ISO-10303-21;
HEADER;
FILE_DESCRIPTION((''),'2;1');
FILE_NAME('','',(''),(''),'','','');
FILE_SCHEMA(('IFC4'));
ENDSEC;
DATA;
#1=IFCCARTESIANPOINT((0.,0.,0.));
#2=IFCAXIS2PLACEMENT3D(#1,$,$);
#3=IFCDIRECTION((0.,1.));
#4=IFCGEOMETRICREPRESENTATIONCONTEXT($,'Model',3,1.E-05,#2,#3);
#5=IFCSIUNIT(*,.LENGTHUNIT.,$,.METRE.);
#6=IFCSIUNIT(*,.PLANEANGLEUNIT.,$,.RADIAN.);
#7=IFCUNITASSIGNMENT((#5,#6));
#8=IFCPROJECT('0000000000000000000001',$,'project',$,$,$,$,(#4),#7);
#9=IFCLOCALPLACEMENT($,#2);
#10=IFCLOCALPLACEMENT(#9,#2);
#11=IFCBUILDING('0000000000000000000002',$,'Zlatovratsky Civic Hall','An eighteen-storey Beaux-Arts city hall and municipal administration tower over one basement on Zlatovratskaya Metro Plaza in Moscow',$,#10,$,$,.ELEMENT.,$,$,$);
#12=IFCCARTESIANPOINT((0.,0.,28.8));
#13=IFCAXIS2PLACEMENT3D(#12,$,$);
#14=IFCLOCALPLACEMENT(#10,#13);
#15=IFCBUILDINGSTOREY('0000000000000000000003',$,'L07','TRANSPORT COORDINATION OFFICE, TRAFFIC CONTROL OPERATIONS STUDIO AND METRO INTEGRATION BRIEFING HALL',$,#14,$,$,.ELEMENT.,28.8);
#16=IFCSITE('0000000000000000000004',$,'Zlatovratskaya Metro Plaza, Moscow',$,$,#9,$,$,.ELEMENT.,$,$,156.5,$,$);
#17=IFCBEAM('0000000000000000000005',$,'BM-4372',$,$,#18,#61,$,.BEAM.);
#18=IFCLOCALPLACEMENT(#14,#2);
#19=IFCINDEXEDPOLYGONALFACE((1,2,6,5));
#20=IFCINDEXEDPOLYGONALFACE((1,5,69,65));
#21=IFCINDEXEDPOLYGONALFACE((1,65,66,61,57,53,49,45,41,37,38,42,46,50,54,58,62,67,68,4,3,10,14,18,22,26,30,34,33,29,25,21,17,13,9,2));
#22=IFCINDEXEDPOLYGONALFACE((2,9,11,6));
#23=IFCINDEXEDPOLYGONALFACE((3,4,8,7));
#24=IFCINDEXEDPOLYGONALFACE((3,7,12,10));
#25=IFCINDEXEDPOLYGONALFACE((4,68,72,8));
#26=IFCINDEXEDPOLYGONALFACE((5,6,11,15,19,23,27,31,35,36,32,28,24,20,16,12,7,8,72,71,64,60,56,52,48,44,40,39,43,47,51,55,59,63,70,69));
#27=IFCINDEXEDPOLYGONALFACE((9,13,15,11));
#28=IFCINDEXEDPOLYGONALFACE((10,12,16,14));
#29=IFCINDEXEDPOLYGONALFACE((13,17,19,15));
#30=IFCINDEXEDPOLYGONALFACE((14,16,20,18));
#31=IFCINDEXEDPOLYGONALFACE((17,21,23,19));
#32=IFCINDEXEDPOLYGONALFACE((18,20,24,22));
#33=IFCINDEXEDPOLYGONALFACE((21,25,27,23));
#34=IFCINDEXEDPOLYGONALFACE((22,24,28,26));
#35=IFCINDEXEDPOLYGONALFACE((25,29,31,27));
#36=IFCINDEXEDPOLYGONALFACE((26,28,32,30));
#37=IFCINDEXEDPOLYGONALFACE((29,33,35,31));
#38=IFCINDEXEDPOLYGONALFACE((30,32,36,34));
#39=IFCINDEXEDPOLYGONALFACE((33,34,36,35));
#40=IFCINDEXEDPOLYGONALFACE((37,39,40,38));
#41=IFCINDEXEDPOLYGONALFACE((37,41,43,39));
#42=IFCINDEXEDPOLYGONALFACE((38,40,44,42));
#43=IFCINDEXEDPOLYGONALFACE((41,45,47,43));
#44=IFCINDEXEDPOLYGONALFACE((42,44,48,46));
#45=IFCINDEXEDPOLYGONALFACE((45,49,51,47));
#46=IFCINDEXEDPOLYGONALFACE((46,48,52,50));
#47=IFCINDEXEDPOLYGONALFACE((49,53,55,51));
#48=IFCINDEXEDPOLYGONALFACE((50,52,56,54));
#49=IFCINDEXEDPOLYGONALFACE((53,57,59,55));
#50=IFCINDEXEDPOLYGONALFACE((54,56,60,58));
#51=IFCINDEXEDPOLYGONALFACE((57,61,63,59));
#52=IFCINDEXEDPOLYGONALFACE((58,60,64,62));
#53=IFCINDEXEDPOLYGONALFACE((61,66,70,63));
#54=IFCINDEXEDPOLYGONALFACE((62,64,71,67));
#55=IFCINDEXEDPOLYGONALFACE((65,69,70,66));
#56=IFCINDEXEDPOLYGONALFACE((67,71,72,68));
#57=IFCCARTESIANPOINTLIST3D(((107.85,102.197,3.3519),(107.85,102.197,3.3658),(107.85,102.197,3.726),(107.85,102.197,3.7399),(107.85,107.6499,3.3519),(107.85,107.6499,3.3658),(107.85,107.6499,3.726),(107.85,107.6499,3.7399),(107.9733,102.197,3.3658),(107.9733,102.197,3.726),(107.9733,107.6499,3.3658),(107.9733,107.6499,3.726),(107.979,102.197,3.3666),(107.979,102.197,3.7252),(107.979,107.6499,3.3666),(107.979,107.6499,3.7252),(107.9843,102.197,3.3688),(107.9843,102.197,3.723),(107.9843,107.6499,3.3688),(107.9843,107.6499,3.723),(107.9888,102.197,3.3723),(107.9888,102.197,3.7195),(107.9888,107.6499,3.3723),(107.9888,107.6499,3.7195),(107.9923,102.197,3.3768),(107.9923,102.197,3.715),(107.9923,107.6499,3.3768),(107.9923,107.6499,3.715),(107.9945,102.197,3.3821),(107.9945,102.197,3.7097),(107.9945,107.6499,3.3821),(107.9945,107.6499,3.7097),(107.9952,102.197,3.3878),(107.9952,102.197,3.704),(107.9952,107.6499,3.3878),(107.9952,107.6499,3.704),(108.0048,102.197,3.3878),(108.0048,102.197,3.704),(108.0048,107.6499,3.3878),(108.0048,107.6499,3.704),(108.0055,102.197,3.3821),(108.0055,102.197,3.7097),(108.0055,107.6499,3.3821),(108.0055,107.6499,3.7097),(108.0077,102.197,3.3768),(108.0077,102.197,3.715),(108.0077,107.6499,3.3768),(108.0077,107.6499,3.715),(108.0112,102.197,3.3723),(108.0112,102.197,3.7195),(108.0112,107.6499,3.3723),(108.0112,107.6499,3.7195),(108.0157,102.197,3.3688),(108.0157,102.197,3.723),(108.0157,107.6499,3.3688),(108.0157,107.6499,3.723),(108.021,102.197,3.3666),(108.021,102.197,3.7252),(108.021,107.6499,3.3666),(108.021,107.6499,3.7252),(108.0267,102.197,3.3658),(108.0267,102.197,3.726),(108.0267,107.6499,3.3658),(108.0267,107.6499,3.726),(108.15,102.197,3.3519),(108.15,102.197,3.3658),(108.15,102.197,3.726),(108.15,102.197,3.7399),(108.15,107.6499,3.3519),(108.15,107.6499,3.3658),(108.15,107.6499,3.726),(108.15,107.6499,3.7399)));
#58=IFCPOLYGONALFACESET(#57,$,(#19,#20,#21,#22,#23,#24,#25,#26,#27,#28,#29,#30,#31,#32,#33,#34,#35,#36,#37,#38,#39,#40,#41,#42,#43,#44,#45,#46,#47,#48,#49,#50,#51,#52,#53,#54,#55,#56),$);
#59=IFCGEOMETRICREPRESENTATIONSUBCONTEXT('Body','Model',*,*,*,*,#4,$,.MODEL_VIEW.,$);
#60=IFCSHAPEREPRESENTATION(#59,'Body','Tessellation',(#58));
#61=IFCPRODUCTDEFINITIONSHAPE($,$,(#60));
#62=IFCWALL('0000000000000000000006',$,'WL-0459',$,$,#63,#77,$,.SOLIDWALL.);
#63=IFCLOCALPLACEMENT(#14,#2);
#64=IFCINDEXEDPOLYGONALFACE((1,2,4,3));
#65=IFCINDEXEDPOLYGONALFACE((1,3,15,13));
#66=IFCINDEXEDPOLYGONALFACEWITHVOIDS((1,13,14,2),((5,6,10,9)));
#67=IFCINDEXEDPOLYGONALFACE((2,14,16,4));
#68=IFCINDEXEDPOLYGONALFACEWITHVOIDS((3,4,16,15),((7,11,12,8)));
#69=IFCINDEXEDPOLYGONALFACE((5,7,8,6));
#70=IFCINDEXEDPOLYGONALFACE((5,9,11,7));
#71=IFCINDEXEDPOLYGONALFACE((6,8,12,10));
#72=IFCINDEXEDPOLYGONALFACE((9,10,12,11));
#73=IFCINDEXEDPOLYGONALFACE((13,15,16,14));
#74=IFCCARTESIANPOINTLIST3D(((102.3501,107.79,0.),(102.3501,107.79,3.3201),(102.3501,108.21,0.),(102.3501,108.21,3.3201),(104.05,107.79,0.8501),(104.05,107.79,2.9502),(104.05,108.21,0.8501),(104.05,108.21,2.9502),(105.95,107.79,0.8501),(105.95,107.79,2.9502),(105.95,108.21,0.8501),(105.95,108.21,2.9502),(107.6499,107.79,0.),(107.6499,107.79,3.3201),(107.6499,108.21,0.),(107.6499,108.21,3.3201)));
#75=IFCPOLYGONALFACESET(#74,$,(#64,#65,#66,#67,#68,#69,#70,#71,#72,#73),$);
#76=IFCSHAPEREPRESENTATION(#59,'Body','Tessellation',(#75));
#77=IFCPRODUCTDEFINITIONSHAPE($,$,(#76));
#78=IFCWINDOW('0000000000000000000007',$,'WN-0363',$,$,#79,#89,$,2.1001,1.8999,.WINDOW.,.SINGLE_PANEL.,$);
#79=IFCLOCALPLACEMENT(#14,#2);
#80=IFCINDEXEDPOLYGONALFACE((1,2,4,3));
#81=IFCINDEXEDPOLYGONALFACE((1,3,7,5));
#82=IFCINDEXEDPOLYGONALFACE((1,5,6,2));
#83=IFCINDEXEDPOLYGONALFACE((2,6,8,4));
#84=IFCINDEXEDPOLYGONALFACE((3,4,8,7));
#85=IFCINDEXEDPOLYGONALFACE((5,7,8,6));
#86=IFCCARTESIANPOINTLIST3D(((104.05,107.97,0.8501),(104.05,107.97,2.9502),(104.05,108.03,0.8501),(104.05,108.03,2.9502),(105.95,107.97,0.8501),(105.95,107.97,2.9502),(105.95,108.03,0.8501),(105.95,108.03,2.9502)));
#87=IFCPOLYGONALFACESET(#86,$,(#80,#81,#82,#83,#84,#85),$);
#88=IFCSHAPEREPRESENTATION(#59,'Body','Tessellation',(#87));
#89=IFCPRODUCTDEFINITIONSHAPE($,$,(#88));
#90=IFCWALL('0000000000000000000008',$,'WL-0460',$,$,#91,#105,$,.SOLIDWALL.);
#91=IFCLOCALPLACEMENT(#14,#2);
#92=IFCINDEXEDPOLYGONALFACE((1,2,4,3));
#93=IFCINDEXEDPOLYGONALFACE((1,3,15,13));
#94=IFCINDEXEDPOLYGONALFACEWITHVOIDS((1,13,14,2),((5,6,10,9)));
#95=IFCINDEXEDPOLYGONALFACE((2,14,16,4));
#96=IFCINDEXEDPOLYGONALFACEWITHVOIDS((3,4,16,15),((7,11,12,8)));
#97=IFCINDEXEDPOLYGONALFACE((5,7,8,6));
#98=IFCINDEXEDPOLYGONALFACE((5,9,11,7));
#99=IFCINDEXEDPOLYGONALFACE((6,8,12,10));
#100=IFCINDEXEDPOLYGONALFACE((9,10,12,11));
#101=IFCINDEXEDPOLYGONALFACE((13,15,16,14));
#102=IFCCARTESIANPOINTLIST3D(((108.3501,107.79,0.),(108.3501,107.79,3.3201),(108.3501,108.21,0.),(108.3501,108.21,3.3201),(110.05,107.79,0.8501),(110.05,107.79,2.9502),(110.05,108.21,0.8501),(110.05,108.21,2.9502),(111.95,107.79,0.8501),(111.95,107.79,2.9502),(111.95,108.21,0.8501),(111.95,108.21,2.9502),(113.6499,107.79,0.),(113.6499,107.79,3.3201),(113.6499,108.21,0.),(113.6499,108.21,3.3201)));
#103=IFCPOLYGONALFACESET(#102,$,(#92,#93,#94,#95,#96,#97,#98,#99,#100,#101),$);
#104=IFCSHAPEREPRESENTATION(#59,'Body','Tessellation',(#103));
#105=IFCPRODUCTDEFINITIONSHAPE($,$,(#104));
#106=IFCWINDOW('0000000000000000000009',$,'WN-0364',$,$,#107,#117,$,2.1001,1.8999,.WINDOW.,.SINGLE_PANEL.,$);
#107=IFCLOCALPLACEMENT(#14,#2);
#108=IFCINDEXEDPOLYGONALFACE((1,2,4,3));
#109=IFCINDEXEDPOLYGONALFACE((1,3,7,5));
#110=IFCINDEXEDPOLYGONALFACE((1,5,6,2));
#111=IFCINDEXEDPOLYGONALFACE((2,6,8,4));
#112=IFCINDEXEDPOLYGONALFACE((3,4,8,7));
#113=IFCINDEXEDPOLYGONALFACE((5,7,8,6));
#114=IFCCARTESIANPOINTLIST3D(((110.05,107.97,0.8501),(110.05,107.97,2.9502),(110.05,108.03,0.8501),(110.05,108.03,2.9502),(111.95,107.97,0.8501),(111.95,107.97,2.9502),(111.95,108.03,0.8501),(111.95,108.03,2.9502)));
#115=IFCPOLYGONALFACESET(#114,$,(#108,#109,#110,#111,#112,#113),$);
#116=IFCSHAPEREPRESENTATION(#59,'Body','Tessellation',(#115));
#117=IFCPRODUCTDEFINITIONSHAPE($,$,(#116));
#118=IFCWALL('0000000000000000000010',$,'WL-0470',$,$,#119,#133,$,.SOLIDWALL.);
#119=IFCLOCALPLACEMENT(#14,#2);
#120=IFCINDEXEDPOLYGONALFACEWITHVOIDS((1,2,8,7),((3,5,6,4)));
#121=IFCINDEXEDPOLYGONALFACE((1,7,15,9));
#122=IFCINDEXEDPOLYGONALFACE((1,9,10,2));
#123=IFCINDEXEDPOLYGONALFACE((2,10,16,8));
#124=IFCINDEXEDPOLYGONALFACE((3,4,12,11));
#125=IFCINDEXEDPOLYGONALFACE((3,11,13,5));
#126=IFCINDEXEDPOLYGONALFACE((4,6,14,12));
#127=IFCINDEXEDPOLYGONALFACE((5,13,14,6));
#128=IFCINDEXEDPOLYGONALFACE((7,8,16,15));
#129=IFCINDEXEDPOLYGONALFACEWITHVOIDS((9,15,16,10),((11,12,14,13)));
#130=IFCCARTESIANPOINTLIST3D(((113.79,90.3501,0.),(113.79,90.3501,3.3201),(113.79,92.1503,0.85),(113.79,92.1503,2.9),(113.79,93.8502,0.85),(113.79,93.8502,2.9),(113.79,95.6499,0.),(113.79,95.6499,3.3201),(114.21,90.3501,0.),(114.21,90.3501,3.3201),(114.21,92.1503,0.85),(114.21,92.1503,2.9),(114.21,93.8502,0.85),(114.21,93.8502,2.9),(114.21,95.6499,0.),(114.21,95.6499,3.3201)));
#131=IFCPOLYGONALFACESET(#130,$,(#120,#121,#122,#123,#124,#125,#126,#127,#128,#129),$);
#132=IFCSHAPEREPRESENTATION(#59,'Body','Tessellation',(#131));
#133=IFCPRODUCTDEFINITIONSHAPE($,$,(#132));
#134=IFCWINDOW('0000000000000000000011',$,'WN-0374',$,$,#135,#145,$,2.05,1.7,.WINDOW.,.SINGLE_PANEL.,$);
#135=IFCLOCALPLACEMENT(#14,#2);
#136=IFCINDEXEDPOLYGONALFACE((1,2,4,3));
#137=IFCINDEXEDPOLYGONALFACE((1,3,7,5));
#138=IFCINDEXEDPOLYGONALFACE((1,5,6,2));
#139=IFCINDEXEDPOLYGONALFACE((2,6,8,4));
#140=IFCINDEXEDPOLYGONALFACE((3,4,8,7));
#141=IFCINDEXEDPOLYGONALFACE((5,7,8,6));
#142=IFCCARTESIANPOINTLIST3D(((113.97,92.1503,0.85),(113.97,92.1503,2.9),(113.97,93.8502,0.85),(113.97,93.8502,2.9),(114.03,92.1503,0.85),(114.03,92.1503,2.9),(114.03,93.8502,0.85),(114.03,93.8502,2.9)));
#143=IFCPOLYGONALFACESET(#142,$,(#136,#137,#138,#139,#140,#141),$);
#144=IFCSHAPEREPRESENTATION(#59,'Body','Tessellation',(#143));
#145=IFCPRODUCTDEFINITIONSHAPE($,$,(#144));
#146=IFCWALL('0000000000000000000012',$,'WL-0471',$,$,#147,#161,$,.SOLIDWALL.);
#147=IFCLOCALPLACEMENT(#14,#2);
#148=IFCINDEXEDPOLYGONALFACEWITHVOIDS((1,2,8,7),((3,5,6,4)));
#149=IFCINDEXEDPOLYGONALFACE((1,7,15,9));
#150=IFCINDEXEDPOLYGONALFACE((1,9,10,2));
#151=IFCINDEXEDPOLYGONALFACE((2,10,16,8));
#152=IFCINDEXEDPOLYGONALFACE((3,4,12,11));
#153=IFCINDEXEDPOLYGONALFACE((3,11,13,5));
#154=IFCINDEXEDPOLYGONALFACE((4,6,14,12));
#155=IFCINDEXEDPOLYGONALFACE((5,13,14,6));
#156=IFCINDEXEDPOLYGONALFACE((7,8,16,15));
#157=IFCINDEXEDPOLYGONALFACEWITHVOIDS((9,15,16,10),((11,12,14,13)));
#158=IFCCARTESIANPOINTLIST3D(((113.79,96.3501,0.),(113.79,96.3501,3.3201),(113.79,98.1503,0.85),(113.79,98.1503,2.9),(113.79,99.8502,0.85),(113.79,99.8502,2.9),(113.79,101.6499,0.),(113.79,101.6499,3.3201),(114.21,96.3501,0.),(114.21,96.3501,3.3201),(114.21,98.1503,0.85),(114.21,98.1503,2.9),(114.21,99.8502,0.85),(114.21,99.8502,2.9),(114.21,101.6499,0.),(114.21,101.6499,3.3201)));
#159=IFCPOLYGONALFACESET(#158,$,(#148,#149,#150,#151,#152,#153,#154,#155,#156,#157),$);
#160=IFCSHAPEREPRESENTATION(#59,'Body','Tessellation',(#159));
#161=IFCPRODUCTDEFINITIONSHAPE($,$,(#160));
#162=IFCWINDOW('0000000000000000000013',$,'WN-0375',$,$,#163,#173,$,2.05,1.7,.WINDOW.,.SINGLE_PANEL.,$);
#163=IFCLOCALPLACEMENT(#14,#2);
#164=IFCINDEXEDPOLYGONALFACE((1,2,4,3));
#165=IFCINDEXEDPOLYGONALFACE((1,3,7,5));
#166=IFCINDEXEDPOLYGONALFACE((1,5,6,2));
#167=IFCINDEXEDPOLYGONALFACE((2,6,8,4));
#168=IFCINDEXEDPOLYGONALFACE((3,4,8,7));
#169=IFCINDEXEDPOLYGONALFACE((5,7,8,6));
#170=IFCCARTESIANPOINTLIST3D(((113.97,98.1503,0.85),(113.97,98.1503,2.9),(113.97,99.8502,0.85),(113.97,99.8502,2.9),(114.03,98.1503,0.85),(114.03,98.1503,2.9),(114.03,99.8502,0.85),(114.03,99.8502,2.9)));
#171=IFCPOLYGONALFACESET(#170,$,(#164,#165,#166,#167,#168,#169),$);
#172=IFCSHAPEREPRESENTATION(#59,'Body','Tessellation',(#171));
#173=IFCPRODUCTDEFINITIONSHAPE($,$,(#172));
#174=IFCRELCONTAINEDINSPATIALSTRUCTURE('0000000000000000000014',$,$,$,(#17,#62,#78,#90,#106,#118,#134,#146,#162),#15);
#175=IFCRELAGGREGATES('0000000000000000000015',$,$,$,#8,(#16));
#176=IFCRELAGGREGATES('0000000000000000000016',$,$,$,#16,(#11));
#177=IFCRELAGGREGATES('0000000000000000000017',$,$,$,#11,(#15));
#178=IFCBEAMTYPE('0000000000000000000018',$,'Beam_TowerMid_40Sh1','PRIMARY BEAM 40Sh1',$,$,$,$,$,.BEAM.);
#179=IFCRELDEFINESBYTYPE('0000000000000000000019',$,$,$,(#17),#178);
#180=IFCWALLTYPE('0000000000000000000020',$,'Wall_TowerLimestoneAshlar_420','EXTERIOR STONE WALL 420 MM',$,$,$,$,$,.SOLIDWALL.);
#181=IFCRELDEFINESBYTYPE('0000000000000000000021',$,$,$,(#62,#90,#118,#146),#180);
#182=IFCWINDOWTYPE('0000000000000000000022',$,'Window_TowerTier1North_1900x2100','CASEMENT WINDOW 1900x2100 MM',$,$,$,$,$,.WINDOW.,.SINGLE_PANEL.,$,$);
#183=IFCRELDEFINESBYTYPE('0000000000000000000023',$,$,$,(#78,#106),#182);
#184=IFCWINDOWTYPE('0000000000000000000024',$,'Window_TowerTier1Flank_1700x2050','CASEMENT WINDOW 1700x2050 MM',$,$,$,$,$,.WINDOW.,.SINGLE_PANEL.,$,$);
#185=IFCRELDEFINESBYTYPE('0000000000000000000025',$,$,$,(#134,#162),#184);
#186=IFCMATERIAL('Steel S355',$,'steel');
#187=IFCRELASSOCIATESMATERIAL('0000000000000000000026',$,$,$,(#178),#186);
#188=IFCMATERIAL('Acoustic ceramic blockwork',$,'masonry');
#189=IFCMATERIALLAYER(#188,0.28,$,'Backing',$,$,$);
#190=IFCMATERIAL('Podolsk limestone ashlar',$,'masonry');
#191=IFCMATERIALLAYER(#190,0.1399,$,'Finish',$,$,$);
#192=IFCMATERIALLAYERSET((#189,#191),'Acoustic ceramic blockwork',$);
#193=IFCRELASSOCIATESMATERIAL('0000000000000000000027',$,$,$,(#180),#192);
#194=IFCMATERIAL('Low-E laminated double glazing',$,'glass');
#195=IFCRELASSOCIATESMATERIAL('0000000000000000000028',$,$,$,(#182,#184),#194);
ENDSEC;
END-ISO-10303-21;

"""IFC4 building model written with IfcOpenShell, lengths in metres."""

from ifc_helpers import new_model, si_unit, direction, frame, frame_2d, origin, origin_2d, place, context, subcontext, project, spatial, rectangle, i_section, extrude, material, layer, layer_set, material_profile, profile_set, type_object, element, fill, save


model = new_model("IFC4")

# Units and contexts
model_context = context("Model", 3, precision=1e-05, world=origin(), true_north=direction((0.0, 1.0)))
body_context = subcontext(model_context, "Body", "Model", "MODEL_VIEW")
ifc_project = project(units=[si_unit("LENGTHUNIT", "METRE"), si_unit("PLANEANGLEUNIT", "RADIAN")], contexts=[model_context])

# Site, building, storey
site_placement = place(None, origin())
site = spatial("IfcSite", under=ifc_project, at=site_placement, Name="Zlatovratskaya Metro Plaza, Moscow", CompositionType="ELEMENT", RefElevation=156.5)
building_placement = place(site_placement, origin())
building = spatial("IfcBuilding", under=site, at=building_placement, Name="Zlatovratsky Civic Hall", Description="An eighteen-storey Beaux-Arts city hall and municipal administration tower over one basement on Zlatovratskaya Metro Plaza in Moscow", CompositionType="ELEMENT")
storey_placement = place(building_placement, frame((0.0, 0.0, 28.8)))
storey = spatial("IfcBuildingStorey", under=building, at=storey_placement, Name="L07", Description="TRANSPORT COORDINATION OFFICE, TRAFFIC CONTROL OPERATIONS STUDIO AND METRO INTEGRATION BRIEFING HALL", CompositionType="ELEMENT", Elevation=28.8)

# Shared definitions
ifc_material_1 = material(Name="Steel S355", Category="steel")

# Beam
ifc_material_profile_1 = material_profile(ifc_material_1, i_section(OverallWidth=0.3, OverallDepth=0.3879, WebThickness=0.0095, FlangeThickness=0.0139, FilletRadius=0.022, at=origin_2d()), Name="40Sh1")
ifc_profile_set_1 = profile_set([ifc_material_profile_1], Name="Steel S355")
beam_type_1 = type_object("IfcBeamType", Name="Beam_TowerMid_40Sh1", Description="PRIMARY BEAM 40Sh1", PredefinedType="BEAM", material=ifc_profile_set_1)
beam_placement = place(storey_placement, frame((108.0, 102.197, 3.5459), z_axis=(0.0, 1.0, 0.0), x_axis=(-1.0, 0.0, 0.0)))
element("IfcBeam", 1, at=beam_placement, inside=storey, type_object=beam_type_1, Name="BM-4372", PredefinedType="BEAM", context=body_context, shape_type="SweptSolid", body=[
    extrude(i_section(OverallWidth=0.3, OverallDepth=0.3879, WebThickness=0.0095, FlangeThickness=0.0139, FilletRadius=0.022, at=origin_2d()), origin(), (0.0, 0.0, 1.0), 5.4529),
])

# Walls, openings, windows
ifc_material_2 = material(Name="Acoustic ceramic blockwork", Category="masonry")
ifc_layer_1 = layer(ifc_material_2, 0.28, Name="Backing")
ifc_material_3 = material(Name="Podolsk limestone ashlar", Category="masonry")
ifc_layer_2 = layer(ifc_material_3, 0.1399, Name="Finish")
ifc_layer_set = layer_set([ifc_layer_1, ifc_layer_2], Name="Acoustic ceramic blockwork")
wall_type = type_object("IfcWallType", Name="Wall_TowerLimestoneAshlar_420", Description="EXTERIOR STONE WALL 420 MM", PredefinedType="SOLIDWALL", material=ifc_layer_set)
wall_1_placement = place(storey_placement, frame((102.3501, 108.0, 0.0), z_axis=(0.0, 0.0, 1.0), x_axis=(1.0, 0.0, 0.0)))
wall_1 = element("IfcWall", 2, at=wall_1_placement, inside=storey, type_object=wall_type, Name="WL-0459", PredefinedType="SOLIDWALL", context=body_context, shape_type="SweptSolid", body=[
    extrude(rectangle(XDim=5.2998, YDim=0.4199, at=frame_2d((2.6499, 0.0))), origin(), (0.0, 0.0, 1.0), 3.3201),
])
opening_1_placement = place(wall_1_placement, frame((1.7, 0.0, 0.8501)))
opening_1 = element("IfcOpeningElement", 3, at=opening_1_placement, cuts=wall_1, PredefinedType="OPENING", context=body_context, shape_type="SweptSolid", body=[
    extrude(rectangle(XDim=1.8999, YDim=2.1001, at=frame_2d((0.95, 1.05))), frame((0.0, 0.2249, 0.0), z_axis=(0.0, -1.0, 0.0), x_axis=(1.0, 0.0, 0.0)), (0.0, 0.0, 1.0), 0.4497),
])
ifc_material_4 = material(Name="Low-E laminated double glazing", Category="glass")
window_type_1 = type_object("IfcWindowType", Name="Window_TowerTier1North_1900x2100", Description="CASEMENT WINDOW 1900x2100 MM", PartitioningType="SINGLE_PANEL", PredefinedType="WINDOW", material=ifc_material_4)
window_1_placement = place(opening_1_placement, origin())
window_1 = element("IfcWindow", 4, at=window_1_placement, inside=storey, type_object=window_type_1, Name="WN-0363", OverallHeight=2.1001, OverallWidth=1.8999, PartitioningType="SINGLE_PANEL", PredefinedType="WINDOW", context=body_context, shape_type="SweptSolid", body=[
    extrude(rectangle(XDim=1.8999, YDim=2.1001, at=frame_2d((0.95, 1.05))), frame((0.0, 0.03, 0.0), z_axis=(0.0, -1.0, 0.0), x_axis=(1.0, 0.0, 0.0)), (0.0, 0.0, 1.0), 0.0601),
])
fill(opening_1, window_1)
wall_2_placement = place(storey_placement, frame((108.3501, 108.0, 0.0), z_axis=(0.0, 0.0, 1.0), x_axis=(1.0, 0.0, 0.0)))
wall_2 = element("IfcWall", 5, at=wall_2_placement, inside=storey, type_object=wall_type, Name="WL-0460", PredefinedType="SOLIDWALL", context=body_context, shape_type="SweptSolid", body=[
    extrude(rectangle(XDim=5.2998, YDim=0.4199, at=frame_2d((2.6499, 0.0))), origin(), (0.0, 0.0, 1.0), 3.3201),
])
opening_2_placement = place(wall_2_placement, frame((1.7, 0.0, 0.8501)))
opening_2 = element("IfcOpeningElement", 6, at=opening_2_placement, cuts=wall_2, PredefinedType="OPENING", context=body_context, shape_type="SweptSolid", body=[
    extrude(rectangle(XDim=1.8999, YDim=2.1001, at=frame_2d((0.95, 1.05))), frame((0.0, 0.2249, 0.0), z_axis=(0.0, -1.0, 0.0), x_axis=(1.0, 0.0, 0.0)), (0.0, 0.0, 1.0), 0.4497),
])
window_2_placement = place(opening_2_placement, origin())
window_2 = element("IfcWindow", 7, at=window_2_placement, inside=storey, type_object=window_type_1, Name="WN-0364", OverallHeight=2.1001, OverallWidth=1.8999, PartitioningType="SINGLE_PANEL", PredefinedType="WINDOW", context=body_context, shape_type="SweptSolid", body=[
    extrude(rectangle(XDim=1.8999, YDim=2.1001, at=frame_2d((0.95, 1.05))), frame((0.0, 0.03, 0.0), z_axis=(0.0, -1.0, 0.0), x_axis=(1.0, 0.0, 0.0)), (0.0, 0.0, 1.0), 0.0601),
])
fill(opening_2, window_2)
wall_3_placement = place(storey_placement, frame((114.0, 90.3501, 0.0), z_axis=(0.0, 0.0, 1.0), x_axis=(0.0, 1.0, 0.0)))
wall_3 = element("IfcWall", 8, at=wall_3_placement, inside=storey, type_object=wall_type, Name="WL-0470", PredefinedType="SOLIDWALL", context=body_context, shape_type="SweptSolid", body=[
    extrude(rectangle(XDim=5.2998, YDim=0.4199, at=frame_2d((2.6499, 0.0))), origin(), (0.0, 0.0, 1.0), 3.3201),
])
opening_3_placement = place(wall_3_placement, frame((1.8, 0.0, 0.8501)))
opening_3 = element("IfcOpeningElement", 9, at=opening_3_placement, cuts=wall_3, PredefinedType="OPENING", context=body_context, shape_type="SweptSolid", body=[
    extrude(rectangle(XDim=1.7, YDim=2.05, at=frame_2d((0.8501, 1.0249))), frame((0.0, 0.2249, 0.0), z_axis=(0.0, -1.0, 0.0), x_axis=(1.0, 0.0, 0.0)), (0.0, 0.0, 1.0), 0.4497),
])
window_type_2 = type_object("IfcWindowType", Name="Window_TowerTier1Flank_1700x2050", Description="CASEMENT WINDOW 1700x2050 MM", PartitioningType="SINGLE_PANEL", PredefinedType="WINDOW", material=ifc_material_4)
window_3_placement = place(opening_3_placement, origin())
window_3 = element("IfcWindow", 10, at=window_3_placement, inside=storey, type_object=window_type_2, Name="WN-0374", OverallHeight=2.05, OverallWidth=1.7, PartitioningType="SINGLE_PANEL", PredefinedType="WINDOW", context=body_context, shape_type="SweptSolid", body=[
    extrude(rectangle(XDim=1.7, YDim=2.05, at=frame_2d((0.8501, 1.0249))), frame((0.0, 0.03, 0.0), z_axis=(0.0, -1.0, 0.0), x_axis=(1.0, 0.0, 0.0)), (0.0, 0.0, 1.0), 0.0601),
])
fill(opening_3, window_3)
wall_4_placement = place(storey_placement, frame((114.0, 96.3501, 0.0), z_axis=(0.0, 0.0, 1.0), x_axis=(0.0, 1.0, 0.0)))
wall_4 = element("IfcWall", 11, at=wall_4_placement, inside=storey, type_object=wall_type, Name="WL-0471", PredefinedType="SOLIDWALL", context=body_context, shape_type="SweptSolid", body=[
    extrude(rectangle(XDim=5.2998, YDim=0.4199, at=frame_2d((2.6499, 0.0))), origin(), (0.0, 0.0, 1.0), 3.3201),
])
opening_4_placement = place(wall_4_placement, frame((1.8, 0.0, 0.8501)))
opening_4 = element("IfcOpeningElement", 12, at=opening_4_placement, cuts=wall_4, PredefinedType="OPENING", context=body_context, shape_type="SweptSolid", body=[
    extrude(rectangle(XDim=1.7, YDim=2.05, at=frame_2d((0.8501, 1.0249))), frame((0.0, 0.2249, 0.0), z_axis=(0.0, -1.0, 0.0), x_axis=(1.0, 0.0, 0.0)), (0.0, 0.0, 1.0), 0.4497),
])
window_4_placement = place(opening_4_placement, origin())
window_4 = element("IfcWindow", 13, at=window_4_placement, inside=storey, type_object=window_type_2, Name="WN-0375", OverallHeight=2.05, OverallWidth=1.7, PartitioningType="SINGLE_PANEL", PredefinedType="WINDOW", context=body_context, shape_type="SweptSolid", body=[
    extrude(rectangle(XDim=1.7, YDim=2.05, at=frame_2d((0.8501, 1.0249))), frame((0.0, 0.03, 0.0), z_axis=(0.0, -1.0, 0.0), x_axis=(1.0, 0.0, 0.0)), (0.0, 0.0, 1.0), 0.0601),
])
fill(opening_4, window_4)

save(model, "model.ifc")
